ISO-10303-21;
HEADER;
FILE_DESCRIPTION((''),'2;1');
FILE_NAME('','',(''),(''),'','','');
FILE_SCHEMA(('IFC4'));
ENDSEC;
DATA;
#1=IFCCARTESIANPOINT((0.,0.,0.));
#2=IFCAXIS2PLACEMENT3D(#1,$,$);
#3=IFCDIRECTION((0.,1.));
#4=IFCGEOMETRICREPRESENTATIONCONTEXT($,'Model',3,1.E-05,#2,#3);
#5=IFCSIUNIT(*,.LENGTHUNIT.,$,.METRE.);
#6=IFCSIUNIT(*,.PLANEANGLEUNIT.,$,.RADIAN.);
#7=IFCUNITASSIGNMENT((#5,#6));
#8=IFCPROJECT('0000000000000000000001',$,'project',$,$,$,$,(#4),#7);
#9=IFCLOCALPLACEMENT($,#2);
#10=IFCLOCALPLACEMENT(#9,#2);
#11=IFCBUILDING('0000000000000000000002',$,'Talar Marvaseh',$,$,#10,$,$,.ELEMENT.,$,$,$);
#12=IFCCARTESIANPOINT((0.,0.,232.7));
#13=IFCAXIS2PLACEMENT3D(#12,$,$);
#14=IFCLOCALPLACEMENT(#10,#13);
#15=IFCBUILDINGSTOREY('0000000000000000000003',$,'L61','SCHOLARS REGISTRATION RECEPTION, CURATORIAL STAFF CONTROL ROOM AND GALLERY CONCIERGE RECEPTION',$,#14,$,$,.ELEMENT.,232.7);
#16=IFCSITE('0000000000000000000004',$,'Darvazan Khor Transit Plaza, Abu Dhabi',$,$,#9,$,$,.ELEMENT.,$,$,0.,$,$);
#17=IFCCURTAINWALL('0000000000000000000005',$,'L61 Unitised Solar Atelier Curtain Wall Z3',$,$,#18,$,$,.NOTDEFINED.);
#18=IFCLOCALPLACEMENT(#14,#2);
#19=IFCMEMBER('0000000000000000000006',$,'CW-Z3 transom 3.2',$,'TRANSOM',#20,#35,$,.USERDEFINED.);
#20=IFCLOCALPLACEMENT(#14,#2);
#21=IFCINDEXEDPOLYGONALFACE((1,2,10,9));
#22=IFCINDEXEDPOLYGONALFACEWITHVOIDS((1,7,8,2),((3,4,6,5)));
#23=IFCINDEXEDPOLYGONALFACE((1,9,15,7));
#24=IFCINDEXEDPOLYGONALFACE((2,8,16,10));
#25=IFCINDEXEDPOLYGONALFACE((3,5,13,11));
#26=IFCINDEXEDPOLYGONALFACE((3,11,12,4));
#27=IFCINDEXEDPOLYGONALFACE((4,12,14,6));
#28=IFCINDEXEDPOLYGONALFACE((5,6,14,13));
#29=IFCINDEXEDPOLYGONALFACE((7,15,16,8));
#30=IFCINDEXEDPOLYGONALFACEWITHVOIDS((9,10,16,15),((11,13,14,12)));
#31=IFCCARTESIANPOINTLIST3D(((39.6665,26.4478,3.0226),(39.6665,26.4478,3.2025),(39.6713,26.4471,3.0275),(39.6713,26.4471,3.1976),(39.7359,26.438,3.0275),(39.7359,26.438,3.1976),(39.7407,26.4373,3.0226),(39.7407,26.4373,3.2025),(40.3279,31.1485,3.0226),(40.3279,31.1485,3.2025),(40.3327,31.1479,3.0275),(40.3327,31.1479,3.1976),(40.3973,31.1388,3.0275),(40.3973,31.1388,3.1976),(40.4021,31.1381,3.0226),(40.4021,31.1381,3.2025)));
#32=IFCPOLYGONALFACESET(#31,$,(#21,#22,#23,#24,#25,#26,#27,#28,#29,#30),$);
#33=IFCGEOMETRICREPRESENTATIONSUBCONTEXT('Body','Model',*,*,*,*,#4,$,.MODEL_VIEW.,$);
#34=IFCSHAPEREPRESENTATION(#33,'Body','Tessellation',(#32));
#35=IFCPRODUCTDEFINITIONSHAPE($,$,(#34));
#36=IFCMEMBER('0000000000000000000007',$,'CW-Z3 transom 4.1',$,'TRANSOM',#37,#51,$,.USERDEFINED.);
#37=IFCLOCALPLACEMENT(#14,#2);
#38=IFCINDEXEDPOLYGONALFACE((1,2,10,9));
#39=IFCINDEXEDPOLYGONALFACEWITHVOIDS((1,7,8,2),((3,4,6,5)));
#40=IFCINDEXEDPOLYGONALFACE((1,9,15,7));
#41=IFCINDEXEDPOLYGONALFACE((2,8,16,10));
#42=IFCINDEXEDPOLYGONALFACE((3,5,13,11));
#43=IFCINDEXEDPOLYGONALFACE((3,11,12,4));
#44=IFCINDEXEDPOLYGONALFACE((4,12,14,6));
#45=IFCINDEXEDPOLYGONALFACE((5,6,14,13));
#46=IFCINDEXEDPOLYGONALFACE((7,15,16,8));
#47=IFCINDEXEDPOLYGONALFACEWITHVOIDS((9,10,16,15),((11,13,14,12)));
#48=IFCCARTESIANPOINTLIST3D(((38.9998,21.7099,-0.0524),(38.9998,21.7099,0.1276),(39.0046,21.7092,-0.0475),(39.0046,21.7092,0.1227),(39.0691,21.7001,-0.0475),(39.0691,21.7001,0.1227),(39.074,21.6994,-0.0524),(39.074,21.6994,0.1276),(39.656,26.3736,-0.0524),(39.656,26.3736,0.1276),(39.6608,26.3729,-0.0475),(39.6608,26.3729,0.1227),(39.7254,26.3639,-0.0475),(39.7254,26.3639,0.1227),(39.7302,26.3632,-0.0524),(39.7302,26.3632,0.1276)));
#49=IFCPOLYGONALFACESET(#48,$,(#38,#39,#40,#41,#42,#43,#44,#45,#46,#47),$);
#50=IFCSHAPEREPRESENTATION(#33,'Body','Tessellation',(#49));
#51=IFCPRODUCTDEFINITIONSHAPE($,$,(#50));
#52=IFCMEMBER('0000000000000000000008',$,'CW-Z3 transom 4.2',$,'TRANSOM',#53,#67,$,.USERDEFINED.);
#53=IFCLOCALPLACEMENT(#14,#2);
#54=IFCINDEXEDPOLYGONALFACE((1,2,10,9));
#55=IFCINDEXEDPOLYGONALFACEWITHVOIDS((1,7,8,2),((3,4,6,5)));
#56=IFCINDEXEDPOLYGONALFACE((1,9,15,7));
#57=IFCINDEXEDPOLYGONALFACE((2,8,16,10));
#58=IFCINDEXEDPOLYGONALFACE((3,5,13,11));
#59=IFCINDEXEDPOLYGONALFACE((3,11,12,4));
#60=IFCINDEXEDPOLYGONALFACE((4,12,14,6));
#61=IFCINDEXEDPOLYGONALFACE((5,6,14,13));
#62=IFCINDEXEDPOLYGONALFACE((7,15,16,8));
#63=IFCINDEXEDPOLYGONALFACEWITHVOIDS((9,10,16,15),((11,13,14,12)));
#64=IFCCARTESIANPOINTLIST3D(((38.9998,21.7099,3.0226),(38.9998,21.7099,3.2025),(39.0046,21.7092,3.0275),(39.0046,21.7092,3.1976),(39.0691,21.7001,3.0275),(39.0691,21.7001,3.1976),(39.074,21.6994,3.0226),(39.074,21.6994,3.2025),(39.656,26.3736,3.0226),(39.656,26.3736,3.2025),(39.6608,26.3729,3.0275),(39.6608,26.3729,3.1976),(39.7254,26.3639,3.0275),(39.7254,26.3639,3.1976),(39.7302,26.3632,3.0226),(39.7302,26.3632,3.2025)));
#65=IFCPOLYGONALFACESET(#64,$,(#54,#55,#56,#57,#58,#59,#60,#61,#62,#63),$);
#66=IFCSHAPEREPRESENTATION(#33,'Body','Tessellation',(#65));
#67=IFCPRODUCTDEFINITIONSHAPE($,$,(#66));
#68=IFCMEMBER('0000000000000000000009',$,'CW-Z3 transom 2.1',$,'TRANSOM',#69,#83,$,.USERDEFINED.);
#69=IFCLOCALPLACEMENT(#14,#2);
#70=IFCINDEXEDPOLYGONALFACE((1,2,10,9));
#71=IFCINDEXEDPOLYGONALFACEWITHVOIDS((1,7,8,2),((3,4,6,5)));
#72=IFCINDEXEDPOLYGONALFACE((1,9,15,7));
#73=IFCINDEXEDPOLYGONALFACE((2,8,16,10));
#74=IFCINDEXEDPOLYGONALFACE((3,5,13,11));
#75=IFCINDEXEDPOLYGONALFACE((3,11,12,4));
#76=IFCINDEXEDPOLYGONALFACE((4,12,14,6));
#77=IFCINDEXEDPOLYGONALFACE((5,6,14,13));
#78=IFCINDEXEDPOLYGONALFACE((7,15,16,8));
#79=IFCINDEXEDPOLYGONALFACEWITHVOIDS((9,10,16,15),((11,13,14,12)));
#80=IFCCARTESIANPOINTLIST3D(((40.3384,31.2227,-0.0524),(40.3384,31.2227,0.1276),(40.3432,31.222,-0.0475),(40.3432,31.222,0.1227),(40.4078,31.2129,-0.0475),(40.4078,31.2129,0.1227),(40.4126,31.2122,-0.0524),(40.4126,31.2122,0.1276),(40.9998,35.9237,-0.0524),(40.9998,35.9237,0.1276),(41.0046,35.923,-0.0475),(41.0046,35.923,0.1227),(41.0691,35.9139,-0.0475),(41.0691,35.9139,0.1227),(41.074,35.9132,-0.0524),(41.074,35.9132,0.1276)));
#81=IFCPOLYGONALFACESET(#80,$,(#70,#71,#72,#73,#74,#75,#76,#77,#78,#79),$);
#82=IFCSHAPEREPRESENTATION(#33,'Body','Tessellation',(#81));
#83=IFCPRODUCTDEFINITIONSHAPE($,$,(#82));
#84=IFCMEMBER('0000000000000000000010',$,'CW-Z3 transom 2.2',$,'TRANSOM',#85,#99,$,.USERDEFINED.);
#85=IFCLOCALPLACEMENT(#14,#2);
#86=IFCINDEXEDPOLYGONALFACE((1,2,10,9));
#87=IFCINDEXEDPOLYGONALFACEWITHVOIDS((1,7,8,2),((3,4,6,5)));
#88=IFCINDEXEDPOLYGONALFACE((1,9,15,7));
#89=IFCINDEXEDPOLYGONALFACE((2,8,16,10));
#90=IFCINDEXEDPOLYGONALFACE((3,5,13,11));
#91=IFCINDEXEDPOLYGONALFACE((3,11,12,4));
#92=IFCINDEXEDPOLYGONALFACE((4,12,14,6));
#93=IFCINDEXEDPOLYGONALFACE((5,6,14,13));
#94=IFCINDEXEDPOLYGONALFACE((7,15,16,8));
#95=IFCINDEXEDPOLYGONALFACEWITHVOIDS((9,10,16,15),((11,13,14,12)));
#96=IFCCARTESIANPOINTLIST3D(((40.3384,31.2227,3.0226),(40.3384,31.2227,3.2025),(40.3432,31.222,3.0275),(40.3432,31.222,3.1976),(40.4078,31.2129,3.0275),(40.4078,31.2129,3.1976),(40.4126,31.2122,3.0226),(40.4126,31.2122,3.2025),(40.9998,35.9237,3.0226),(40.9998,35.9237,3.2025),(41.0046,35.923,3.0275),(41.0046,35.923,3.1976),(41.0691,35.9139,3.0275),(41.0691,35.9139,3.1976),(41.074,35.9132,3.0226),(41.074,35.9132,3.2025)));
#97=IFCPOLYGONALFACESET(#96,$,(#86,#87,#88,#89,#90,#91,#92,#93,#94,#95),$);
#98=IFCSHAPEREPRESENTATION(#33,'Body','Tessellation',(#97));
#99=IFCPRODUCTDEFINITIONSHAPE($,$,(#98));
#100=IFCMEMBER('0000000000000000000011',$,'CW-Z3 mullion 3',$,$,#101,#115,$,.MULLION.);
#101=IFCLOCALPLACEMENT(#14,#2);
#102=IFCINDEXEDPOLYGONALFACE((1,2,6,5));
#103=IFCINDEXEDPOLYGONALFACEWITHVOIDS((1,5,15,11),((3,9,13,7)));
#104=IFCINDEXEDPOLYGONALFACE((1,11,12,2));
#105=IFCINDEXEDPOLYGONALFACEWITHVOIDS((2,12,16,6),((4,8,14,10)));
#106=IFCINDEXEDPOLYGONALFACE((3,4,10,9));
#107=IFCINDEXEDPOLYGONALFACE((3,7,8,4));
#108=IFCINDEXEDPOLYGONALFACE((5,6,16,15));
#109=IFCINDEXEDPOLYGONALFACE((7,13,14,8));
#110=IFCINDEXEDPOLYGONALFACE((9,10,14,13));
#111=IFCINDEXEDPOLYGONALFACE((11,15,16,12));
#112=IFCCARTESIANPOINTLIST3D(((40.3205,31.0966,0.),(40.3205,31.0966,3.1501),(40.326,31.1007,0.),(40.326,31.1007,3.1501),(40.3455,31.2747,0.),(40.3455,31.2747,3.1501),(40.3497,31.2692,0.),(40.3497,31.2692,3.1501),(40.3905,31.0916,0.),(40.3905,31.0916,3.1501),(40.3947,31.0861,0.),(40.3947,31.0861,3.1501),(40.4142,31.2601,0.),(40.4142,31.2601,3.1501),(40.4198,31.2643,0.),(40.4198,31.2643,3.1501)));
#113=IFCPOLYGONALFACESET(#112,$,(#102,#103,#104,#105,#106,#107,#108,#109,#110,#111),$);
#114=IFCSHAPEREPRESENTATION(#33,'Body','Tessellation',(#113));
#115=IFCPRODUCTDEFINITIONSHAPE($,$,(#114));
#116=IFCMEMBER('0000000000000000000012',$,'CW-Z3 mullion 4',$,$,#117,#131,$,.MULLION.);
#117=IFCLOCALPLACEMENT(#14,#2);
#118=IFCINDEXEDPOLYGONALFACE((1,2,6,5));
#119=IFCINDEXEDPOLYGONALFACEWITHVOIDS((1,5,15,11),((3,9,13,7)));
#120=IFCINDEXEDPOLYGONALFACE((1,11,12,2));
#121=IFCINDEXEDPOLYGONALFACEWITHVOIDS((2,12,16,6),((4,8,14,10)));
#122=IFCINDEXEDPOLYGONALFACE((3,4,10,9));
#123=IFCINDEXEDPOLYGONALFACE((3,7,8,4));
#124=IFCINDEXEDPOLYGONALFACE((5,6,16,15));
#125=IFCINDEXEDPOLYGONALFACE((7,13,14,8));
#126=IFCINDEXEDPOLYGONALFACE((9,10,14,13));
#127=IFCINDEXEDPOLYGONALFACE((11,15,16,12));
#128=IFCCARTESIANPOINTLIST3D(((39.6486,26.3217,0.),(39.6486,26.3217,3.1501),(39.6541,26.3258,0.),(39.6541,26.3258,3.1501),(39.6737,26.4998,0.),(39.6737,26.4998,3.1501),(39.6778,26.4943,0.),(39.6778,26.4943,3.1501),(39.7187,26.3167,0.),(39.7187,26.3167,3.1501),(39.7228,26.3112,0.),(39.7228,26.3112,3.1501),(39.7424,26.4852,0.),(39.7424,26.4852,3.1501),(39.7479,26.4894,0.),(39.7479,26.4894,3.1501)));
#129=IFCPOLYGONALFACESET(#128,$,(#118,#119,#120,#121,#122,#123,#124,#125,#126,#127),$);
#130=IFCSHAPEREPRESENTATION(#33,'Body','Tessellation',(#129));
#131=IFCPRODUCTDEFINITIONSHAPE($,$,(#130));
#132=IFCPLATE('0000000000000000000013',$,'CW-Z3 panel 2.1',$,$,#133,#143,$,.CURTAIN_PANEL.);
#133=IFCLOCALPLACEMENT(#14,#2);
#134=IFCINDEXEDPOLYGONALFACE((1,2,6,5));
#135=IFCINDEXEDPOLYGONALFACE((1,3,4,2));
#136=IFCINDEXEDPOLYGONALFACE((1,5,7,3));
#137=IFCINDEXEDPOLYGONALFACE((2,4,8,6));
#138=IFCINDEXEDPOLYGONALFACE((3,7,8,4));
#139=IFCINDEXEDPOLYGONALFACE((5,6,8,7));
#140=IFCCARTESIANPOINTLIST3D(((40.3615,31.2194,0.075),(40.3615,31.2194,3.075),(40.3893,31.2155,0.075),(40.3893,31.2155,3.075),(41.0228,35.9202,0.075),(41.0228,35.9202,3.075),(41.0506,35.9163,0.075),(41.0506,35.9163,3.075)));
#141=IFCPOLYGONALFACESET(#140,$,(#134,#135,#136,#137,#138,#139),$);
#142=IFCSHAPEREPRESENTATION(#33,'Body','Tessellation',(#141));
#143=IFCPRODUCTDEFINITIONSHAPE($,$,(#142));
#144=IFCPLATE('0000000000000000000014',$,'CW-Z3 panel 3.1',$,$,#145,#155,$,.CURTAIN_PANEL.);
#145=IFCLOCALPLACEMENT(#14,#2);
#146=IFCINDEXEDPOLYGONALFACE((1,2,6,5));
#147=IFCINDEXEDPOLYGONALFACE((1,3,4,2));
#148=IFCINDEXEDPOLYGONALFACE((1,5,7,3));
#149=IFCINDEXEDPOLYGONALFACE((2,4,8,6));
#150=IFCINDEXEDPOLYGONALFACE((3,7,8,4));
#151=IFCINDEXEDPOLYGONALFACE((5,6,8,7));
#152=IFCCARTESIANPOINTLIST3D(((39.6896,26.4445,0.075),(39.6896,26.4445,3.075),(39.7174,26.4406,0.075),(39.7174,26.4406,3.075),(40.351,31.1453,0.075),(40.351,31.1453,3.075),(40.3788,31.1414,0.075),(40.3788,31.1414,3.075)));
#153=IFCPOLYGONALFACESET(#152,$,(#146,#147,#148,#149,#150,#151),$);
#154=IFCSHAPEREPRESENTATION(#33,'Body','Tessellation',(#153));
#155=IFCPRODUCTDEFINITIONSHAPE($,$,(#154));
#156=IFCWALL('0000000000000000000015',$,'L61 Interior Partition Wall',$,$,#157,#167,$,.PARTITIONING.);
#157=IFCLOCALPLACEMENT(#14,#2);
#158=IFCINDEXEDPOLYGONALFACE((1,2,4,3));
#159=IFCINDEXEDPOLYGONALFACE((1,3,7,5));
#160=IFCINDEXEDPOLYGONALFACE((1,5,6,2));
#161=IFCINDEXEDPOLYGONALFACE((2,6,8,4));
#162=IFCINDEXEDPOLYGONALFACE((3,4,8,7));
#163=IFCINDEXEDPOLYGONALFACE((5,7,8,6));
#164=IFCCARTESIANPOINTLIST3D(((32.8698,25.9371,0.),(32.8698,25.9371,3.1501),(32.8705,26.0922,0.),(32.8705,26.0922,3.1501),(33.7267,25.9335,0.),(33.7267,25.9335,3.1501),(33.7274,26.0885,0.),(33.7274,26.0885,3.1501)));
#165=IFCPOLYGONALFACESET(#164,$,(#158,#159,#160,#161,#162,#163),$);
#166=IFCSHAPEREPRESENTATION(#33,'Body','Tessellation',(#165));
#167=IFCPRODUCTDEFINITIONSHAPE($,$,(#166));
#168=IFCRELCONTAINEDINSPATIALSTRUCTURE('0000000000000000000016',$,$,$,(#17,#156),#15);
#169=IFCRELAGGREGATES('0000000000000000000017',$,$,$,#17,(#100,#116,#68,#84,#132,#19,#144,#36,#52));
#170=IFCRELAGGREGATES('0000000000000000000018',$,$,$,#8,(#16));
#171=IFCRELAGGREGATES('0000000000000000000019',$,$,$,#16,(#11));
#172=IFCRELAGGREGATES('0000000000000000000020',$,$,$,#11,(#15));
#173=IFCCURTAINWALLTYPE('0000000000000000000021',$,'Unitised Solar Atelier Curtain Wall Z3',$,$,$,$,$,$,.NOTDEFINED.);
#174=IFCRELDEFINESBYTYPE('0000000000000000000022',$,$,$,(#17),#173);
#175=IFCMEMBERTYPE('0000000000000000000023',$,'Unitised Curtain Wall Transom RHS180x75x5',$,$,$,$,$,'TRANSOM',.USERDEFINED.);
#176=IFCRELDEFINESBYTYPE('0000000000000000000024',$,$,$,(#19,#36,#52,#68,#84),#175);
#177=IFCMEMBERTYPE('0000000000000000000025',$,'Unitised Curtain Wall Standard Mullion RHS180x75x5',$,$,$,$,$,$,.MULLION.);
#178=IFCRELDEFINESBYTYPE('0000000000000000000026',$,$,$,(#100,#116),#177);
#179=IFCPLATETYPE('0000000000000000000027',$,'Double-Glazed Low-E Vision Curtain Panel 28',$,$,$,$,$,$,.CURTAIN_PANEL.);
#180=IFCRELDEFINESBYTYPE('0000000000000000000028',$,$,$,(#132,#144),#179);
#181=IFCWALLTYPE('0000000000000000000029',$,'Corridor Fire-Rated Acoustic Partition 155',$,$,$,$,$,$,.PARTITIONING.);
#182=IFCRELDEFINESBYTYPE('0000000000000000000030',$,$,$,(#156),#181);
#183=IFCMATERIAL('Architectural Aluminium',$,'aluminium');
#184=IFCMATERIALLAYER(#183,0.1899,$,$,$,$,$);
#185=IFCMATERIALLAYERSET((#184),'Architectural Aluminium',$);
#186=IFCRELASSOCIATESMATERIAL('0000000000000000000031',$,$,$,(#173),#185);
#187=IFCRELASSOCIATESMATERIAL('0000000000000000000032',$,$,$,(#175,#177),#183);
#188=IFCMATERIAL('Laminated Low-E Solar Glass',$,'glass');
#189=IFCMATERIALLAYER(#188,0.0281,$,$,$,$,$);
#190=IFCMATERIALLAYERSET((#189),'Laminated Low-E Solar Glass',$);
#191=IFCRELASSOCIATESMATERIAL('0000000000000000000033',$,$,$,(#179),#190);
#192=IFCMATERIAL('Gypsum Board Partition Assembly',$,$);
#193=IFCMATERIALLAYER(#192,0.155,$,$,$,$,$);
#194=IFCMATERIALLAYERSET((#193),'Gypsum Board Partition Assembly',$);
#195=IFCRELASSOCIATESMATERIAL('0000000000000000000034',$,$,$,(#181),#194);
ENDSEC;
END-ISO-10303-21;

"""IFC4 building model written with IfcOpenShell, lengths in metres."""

from ifc_helpers import new_model, si_unit, direction, frame, frame_2d, origin, origin_2d, place, context, subcontext, project, spatial, rectangle, hollow_rectangle, extrude, source, transform, mapped, material, layer, layer_set, material_profile, profile_set, type_object, type_shapes, element, aggregate, save


model = new_model("IFC4")

# Units and contexts
model_context = context("Model", 3, precision=1e-05, world=origin(), true_north=direction((0.0, 1.0)))
body_context = subcontext(model_context, "Body", "Model", "MODEL_VIEW")
ifc_project = project(units=[si_unit("LENGTHUNIT", "METRE"), si_unit("PLANEANGLEUNIT", "RADIAN")], contexts=[model_context])

# Site, building, storey
site_placement = place(None, origin())
site = spatial("IfcSite", under=ifc_project, at=site_placement, Name="Darvazan Khor Transit Plaza, Abu Dhabi", CompositionType="ELEMENT", RefElevation=0.0)
building_placement = place(site_placement, origin())
building = spatial("IfcBuilding", under=site, at=building_placement, Name="Talar Marvaseh", CompositionType="ELEMENT")
storey_placement = place(building_placement, frame((0.0, 0.0, 232.7)))
storey = spatial("IfcBuildingStorey", under=building, at=storey_placement, Name="L61", Description="SCHOLARS REGISTRATION RECEPTION, CURATORIAL STAFF CONTROL ROOM AND GALLERY CONCIERGE RECEPTION", CompositionType="ELEMENT", Elevation=232.7)

# Curtain wall, members, plates
ifc_material_1 = material(Name="Architectural Aluminium", Category="aluminium")
ifc_layer_1 = layer(ifc_material_1, 0.1899)
ifc_layer_set_1 = layer_set([ifc_layer_1], Name="Architectural Aluminium")
curtain_wall_type = type_object("IfcCurtainWallType", Name="Unitised Solar Atelier Curtain Wall Z3", PredefinedType="NOTDEFINED", material=ifc_layer_set_1)
curtain_wall_placement = place(storey_placement, origin())
curtain_wall = element("IfcCurtainWall", 1, at=curtain_wall_placement, inside=storey, type_object=curtain_wall_type, Name="L61 Unitised Solar Atelier Curtain Wall Z3", PredefinedType="NOTDEFINED")
ifc_material_profile_1 = material_profile(ifc_material_1, hollow_rectangle(XDim=0.075, YDim=0.1799, WallThickness=0.0049, at=origin_2d()), Name="RHS180x75x5")
ifc_profile_set_1 = profile_set([ifc_material_profile_1], Name="Architectural Aluminium")
member_type_1 = type_object("IfcMemberType", Name="Unitised Curtain Wall Transom RHS180x75x5", ElementType="TRANSOM", PredefinedType="USERDEFINED", material=ifc_profile_set_1)
shared_shape_1 = source(origin(), body_context, "Body", "SweptSolid", [
    extrude(hollow_rectangle(XDim=0.075, YDim=0.1799, WallThickness=0.0049, at=origin_2d()), origin(), (0.0, 0.0, 1.0), 4.7471),
])
member_1_placement = place(storey_placement, frame((40.365, 31.1433, 3.1125), z_axis=(-0.139326, -0.990247, 0.0), x_axis=(0.990247, -0.139326, 0.0)))
member_1 = element("IfcMember", 2, at=member_1_placement, type_object=member_type_1, Name="CW-Z3 transom 3.2", ObjectType="TRANSOM", PredefinedType="USERDEFINED", context=body_context, shape_type="MappedRepresentation", body=[
    mapped(shared_shape_1, transform((0.0, 0.0, 0.0), x_axis=(1.0, 0.0, 0.0), y_axis=(0.0, 1.0, 0.0), z_axis=(0.0, 0.0, 1.0), scale=1.0)),
])
shared_shape_2 = source(origin(), body_context, "Body", "SweptSolid", [
    extrude(hollow_rectangle(XDim=0.075, YDim=0.1799, WallThickness=0.0049, at=origin_2d()), origin(), (0.0, 0.0, 1.0), 4.7097),
])
member_2_placement = place(storey_placement, frame((39.6931, 26.3684, 0.0376), z_axis=(-0.139338, -0.990245, 0.0), x_axis=(0.990245, -0.139338, 0.0)))
member_2 = element("IfcMember", 3, at=member_2_placement, type_object=member_type_1, Name="CW-Z3 transom 4.1", ObjectType="TRANSOM", PredefinedType="USERDEFINED", context=body_context, shape_type="MappedRepresentation", body=[
    mapped(shared_shape_2, transform((0.0, 0.0, 0.0), x_axis=(1.0, 0.0, 0.0), y_axis=(0.0, 1.0, 0.0), z_axis=(0.0, 0.0, 1.0), scale=1.0)),
])
member_3_placement = place(storey_placement, frame((39.6931, 26.3684, 3.1125), z_axis=(-0.139338, -0.990245, 0.0), x_axis=(0.990245, -0.139338, 0.0)))
member_3 = element("IfcMember", 4, at=member_3_placement, type_object=member_type_1, Name="CW-Z3 transom 4.2", ObjectType="TRANSOM", PredefinedType="USERDEFINED", context=body_context, shape_type="MappedRepresentation", body=[
    mapped(shared_shape_2, transform((0.0, 0.0, 0.0), x_axis=(1.0, 0.0, 0.0), y_axis=(0.0, 1.0, 0.0), z_axis=(0.0, 0.0, 1.0), scale=1.0)),
])
shared_shape_3 = source(origin(), body_context, "Body", "SweptSolid", [
    extrude(hollow_rectangle(XDim=0.075, YDim=0.1799, WallThickness=0.0049, at=origin_2d()), origin(), (0.0, 0.0, 1.0), 4.7473),
])
type_shapes(member_type_1, [shared_shape_1, shared_shape_2, shared_shape_3])
member_4_placement = place(storey_placement, frame((41.0369, 35.9185, 0.0376), z_axis=(-0.139319, -0.990248, 0.0), x_axis=(0.990248, -0.139319, 0.0)))
member_4 = element("IfcMember", 5, at=member_4_placement, type_object=member_type_1, Name="CW-Z3 transom 2.1", ObjectType="TRANSOM", PredefinedType="USERDEFINED", context=body_context, shape_type="MappedRepresentation", body=[
    mapped(shared_shape_3, transform((0.0, 0.0, 0.0), x_axis=(1.0, 0.0, 0.0), y_axis=(0.0, 1.0, 0.0), z_axis=(0.0, 0.0, 1.0), scale=1.0)),
])
member_5_placement = place(storey_placement, frame((41.0369, 35.9185, 3.1125), z_axis=(-0.139319, -0.990248, 0.0), x_axis=(0.990248, -0.139319, 0.0)))
member_5 = element("IfcMember", 6, at=member_5_placement, type_object=member_type_1, Name="CW-Z3 transom 2.2", ObjectType="TRANSOM", PredefinedType="USERDEFINED", context=body_context, shape_type="MappedRepresentation", body=[
    mapped(shared_shape_3, transform((0.0, 0.0, 0.0), x_axis=(1.0, 0.0, 0.0), y_axis=(0.0, 1.0, 0.0), z_axis=(0.0, 0.0, 1.0), scale=1.0)),
])
ifc_material_profile_2 = material_profile(ifc_material_1, hollow_rectangle(XDim=0.075, YDim=0.1799, WallThickness=0.0049, at=origin_2d()), Name="RHS180x75x5")
ifc_profile_set_2 = profile_set([ifc_material_profile_2], Name="Architectural Aluminium")
member_type_2 = type_object("IfcMemberType", Name="Unitised Curtain Wall Standard Mullion RHS180x75x5", PredefinedType="MULLION", material=ifc_profile_set_2)
shared_shape_4 = source(origin(), body_context, "Body", "SweptSolid", [
    extrude(hollow_rectangle(XDim=0.075, YDim=0.1799, WallThickness=0.0049, at=origin_2d()), origin(), (0.0, 0.0, 1.0), 3.1501),
])
type_shapes(member_type_2, [shared_shape_4])
member_6_placement = place(storey_placement, frame((40.3701, 31.1804, 0.0), z_axis=(0.0, 0.0, 1.0), x_axis=(0.990247, -0.139323, 0.0)))
member_6 = element("IfcMember", 7, at=member_6_placement, type_object=member_type_2, Name="CW-Z3 mullion 3", PredefinedType="MULLION", context=body_context, shape_type="MappedRepresentation", body=[
    mapped(shared_shape_4, transform((0.0, 0.0, 0.0), x_axis=(1.0, 0.0, 0.0), y_axis=(0.0, 1.0, 0.0), z_axis=(0.0, 0.0, 1.0), scale=1.0)),
])
member_7_placement = place(storey_placement, frame((39.6982, 26.4055, 0.0), z_axis=(0.0, 0.0, 1.0), x_axis=(0.990247, -0.139323, 0.0)))
member_7 = element("IfcMember", 8, at=member_7_placement, type_object=member_type_2, Name="CW-Z3 mullion 4", PredefinedType="MULLION", context=body_context, shape_type="MappedRepresentation", body=[
    mapped(shared_shape_4, transform((0.0, 0.0, 0.0), x_axis=(1.0, 0.0, 0.0), y_axis=(0.0, 1.0, 0.0), z_axis=(0.0, 0.0, 1.0), scale=1.0)),
])
ifc_material_2 = material(Name="Laminated Low-E Solar Glass", Category="glass")
ifc_layer_2 = layer(ifc_material_2, 0.0281)
ifc_layer_set_2 = layer_set([ifc_layer_2], Name="Laminated Low-E Solar Glass")
plate_type = type_object("IfcPlateType", Name="Double-Glazed Low-E Vision Curtain Panel 28", PredefinedType="CURTAIN_PANEL", material=ifc_layer_set_2)
shared_shape_5 = source(origin(), body_context, "Body", "SweptSolid", [
    extrude(rectangle(XDim=4.7471, YDim=0.0281, at=origin_2d()), origin(), (0.0, 0.0, 1.0), 3.0),
])
type_shapes(plate_type, [shared_shape_5])
plate_1_placement = place(storey_placement, frame((40.7061, 33.5679, 0.075), z_axis=(0.0, 0.0, 1.0), x_axis=(-0.139323, -0.990247, 0.0)))
plate_1 = element("IfcPlate", 9, at=plate_1_placement, type_object=plate_type, Name="CW-Z3 panel 2.1", PredefinedType="CURTAIN_PANEL", context=body_context, shape_type="MappedRepresentation", body=[
    mapped(shared_shape_5, transform((0.0, 0.0, 0.0), x_axis=(1.0, 0.0, 0.0), y_axis=(0.0, 1.0, 0.0), z_axis=(0.0, 0.0, 1.0), scale=1.0)),
])
plate_2_placement = place(storey_placement, frame((40.0342, 28.793, 0.075), z_axis=(0.0, 0.0, 1.0), x_axis=(-0.139323, -0.990247, 0.0)))
plate_2 = element("IfcPlate", 10, at=plate_2_placement, type_object=plate_type, Name="CW-Z3 panel 3.1", PredefinedType="CURTAIN_PANEL", context=body_context, shape_type="MappedRepresentation", body=[
    mapped(shared_shape_5, transform((0.0, 0.0, 0.0), x_axis=(1.0, 0.0, 0.0), y_axis=(0.0, 1.0, 0.0), z_axis=(0.0, 0.0, 1.0), scale=1.0)),
])
aggregate(curtain_wall, [member_6, member_7, member_4, member_5, plate_1, member_1, plate_2, member_2, member_3])

# Wall
ifc_material_3 = material(Name="Gypsum Board Partition Assembly")
ifc_layer_3 = layer(ifc_material_3, 0.155)
ifc_layer_set_3 = layer_set([ifc_layer_3], Name="Gypsum Board Partition Assembly")
wall_type_1 = type_object("IfcWallType", Name="Corridor Fire-Rated Acoustic Partition 155", PredefinedType="PARTITIONING", material=ifc_layer_set_3)
wall_1_placement = place(storey_placement, frame((33.7271, 26.011, 0.0), z_axis=(0.0, 0.0, 1.0), x_axis=(-0.999991, 0.004273, 0.0)))
element("IfcWall", 11, at=wall_1_placement, inside=storey, type_object=wall_type_1, Name="L61 Interior Partition Wall", PredefinedType="PARTITIONING", context=body_context, shape_type="SweptSolid", body=[
    extrude(rectangle(XDim=0.8569, YDim=0.155, at=frame_2d((0.4285, 0.0))), origin(), (0.0, 0.0, 1.0), 3.1501),
])

save(model, "model.ifc")
